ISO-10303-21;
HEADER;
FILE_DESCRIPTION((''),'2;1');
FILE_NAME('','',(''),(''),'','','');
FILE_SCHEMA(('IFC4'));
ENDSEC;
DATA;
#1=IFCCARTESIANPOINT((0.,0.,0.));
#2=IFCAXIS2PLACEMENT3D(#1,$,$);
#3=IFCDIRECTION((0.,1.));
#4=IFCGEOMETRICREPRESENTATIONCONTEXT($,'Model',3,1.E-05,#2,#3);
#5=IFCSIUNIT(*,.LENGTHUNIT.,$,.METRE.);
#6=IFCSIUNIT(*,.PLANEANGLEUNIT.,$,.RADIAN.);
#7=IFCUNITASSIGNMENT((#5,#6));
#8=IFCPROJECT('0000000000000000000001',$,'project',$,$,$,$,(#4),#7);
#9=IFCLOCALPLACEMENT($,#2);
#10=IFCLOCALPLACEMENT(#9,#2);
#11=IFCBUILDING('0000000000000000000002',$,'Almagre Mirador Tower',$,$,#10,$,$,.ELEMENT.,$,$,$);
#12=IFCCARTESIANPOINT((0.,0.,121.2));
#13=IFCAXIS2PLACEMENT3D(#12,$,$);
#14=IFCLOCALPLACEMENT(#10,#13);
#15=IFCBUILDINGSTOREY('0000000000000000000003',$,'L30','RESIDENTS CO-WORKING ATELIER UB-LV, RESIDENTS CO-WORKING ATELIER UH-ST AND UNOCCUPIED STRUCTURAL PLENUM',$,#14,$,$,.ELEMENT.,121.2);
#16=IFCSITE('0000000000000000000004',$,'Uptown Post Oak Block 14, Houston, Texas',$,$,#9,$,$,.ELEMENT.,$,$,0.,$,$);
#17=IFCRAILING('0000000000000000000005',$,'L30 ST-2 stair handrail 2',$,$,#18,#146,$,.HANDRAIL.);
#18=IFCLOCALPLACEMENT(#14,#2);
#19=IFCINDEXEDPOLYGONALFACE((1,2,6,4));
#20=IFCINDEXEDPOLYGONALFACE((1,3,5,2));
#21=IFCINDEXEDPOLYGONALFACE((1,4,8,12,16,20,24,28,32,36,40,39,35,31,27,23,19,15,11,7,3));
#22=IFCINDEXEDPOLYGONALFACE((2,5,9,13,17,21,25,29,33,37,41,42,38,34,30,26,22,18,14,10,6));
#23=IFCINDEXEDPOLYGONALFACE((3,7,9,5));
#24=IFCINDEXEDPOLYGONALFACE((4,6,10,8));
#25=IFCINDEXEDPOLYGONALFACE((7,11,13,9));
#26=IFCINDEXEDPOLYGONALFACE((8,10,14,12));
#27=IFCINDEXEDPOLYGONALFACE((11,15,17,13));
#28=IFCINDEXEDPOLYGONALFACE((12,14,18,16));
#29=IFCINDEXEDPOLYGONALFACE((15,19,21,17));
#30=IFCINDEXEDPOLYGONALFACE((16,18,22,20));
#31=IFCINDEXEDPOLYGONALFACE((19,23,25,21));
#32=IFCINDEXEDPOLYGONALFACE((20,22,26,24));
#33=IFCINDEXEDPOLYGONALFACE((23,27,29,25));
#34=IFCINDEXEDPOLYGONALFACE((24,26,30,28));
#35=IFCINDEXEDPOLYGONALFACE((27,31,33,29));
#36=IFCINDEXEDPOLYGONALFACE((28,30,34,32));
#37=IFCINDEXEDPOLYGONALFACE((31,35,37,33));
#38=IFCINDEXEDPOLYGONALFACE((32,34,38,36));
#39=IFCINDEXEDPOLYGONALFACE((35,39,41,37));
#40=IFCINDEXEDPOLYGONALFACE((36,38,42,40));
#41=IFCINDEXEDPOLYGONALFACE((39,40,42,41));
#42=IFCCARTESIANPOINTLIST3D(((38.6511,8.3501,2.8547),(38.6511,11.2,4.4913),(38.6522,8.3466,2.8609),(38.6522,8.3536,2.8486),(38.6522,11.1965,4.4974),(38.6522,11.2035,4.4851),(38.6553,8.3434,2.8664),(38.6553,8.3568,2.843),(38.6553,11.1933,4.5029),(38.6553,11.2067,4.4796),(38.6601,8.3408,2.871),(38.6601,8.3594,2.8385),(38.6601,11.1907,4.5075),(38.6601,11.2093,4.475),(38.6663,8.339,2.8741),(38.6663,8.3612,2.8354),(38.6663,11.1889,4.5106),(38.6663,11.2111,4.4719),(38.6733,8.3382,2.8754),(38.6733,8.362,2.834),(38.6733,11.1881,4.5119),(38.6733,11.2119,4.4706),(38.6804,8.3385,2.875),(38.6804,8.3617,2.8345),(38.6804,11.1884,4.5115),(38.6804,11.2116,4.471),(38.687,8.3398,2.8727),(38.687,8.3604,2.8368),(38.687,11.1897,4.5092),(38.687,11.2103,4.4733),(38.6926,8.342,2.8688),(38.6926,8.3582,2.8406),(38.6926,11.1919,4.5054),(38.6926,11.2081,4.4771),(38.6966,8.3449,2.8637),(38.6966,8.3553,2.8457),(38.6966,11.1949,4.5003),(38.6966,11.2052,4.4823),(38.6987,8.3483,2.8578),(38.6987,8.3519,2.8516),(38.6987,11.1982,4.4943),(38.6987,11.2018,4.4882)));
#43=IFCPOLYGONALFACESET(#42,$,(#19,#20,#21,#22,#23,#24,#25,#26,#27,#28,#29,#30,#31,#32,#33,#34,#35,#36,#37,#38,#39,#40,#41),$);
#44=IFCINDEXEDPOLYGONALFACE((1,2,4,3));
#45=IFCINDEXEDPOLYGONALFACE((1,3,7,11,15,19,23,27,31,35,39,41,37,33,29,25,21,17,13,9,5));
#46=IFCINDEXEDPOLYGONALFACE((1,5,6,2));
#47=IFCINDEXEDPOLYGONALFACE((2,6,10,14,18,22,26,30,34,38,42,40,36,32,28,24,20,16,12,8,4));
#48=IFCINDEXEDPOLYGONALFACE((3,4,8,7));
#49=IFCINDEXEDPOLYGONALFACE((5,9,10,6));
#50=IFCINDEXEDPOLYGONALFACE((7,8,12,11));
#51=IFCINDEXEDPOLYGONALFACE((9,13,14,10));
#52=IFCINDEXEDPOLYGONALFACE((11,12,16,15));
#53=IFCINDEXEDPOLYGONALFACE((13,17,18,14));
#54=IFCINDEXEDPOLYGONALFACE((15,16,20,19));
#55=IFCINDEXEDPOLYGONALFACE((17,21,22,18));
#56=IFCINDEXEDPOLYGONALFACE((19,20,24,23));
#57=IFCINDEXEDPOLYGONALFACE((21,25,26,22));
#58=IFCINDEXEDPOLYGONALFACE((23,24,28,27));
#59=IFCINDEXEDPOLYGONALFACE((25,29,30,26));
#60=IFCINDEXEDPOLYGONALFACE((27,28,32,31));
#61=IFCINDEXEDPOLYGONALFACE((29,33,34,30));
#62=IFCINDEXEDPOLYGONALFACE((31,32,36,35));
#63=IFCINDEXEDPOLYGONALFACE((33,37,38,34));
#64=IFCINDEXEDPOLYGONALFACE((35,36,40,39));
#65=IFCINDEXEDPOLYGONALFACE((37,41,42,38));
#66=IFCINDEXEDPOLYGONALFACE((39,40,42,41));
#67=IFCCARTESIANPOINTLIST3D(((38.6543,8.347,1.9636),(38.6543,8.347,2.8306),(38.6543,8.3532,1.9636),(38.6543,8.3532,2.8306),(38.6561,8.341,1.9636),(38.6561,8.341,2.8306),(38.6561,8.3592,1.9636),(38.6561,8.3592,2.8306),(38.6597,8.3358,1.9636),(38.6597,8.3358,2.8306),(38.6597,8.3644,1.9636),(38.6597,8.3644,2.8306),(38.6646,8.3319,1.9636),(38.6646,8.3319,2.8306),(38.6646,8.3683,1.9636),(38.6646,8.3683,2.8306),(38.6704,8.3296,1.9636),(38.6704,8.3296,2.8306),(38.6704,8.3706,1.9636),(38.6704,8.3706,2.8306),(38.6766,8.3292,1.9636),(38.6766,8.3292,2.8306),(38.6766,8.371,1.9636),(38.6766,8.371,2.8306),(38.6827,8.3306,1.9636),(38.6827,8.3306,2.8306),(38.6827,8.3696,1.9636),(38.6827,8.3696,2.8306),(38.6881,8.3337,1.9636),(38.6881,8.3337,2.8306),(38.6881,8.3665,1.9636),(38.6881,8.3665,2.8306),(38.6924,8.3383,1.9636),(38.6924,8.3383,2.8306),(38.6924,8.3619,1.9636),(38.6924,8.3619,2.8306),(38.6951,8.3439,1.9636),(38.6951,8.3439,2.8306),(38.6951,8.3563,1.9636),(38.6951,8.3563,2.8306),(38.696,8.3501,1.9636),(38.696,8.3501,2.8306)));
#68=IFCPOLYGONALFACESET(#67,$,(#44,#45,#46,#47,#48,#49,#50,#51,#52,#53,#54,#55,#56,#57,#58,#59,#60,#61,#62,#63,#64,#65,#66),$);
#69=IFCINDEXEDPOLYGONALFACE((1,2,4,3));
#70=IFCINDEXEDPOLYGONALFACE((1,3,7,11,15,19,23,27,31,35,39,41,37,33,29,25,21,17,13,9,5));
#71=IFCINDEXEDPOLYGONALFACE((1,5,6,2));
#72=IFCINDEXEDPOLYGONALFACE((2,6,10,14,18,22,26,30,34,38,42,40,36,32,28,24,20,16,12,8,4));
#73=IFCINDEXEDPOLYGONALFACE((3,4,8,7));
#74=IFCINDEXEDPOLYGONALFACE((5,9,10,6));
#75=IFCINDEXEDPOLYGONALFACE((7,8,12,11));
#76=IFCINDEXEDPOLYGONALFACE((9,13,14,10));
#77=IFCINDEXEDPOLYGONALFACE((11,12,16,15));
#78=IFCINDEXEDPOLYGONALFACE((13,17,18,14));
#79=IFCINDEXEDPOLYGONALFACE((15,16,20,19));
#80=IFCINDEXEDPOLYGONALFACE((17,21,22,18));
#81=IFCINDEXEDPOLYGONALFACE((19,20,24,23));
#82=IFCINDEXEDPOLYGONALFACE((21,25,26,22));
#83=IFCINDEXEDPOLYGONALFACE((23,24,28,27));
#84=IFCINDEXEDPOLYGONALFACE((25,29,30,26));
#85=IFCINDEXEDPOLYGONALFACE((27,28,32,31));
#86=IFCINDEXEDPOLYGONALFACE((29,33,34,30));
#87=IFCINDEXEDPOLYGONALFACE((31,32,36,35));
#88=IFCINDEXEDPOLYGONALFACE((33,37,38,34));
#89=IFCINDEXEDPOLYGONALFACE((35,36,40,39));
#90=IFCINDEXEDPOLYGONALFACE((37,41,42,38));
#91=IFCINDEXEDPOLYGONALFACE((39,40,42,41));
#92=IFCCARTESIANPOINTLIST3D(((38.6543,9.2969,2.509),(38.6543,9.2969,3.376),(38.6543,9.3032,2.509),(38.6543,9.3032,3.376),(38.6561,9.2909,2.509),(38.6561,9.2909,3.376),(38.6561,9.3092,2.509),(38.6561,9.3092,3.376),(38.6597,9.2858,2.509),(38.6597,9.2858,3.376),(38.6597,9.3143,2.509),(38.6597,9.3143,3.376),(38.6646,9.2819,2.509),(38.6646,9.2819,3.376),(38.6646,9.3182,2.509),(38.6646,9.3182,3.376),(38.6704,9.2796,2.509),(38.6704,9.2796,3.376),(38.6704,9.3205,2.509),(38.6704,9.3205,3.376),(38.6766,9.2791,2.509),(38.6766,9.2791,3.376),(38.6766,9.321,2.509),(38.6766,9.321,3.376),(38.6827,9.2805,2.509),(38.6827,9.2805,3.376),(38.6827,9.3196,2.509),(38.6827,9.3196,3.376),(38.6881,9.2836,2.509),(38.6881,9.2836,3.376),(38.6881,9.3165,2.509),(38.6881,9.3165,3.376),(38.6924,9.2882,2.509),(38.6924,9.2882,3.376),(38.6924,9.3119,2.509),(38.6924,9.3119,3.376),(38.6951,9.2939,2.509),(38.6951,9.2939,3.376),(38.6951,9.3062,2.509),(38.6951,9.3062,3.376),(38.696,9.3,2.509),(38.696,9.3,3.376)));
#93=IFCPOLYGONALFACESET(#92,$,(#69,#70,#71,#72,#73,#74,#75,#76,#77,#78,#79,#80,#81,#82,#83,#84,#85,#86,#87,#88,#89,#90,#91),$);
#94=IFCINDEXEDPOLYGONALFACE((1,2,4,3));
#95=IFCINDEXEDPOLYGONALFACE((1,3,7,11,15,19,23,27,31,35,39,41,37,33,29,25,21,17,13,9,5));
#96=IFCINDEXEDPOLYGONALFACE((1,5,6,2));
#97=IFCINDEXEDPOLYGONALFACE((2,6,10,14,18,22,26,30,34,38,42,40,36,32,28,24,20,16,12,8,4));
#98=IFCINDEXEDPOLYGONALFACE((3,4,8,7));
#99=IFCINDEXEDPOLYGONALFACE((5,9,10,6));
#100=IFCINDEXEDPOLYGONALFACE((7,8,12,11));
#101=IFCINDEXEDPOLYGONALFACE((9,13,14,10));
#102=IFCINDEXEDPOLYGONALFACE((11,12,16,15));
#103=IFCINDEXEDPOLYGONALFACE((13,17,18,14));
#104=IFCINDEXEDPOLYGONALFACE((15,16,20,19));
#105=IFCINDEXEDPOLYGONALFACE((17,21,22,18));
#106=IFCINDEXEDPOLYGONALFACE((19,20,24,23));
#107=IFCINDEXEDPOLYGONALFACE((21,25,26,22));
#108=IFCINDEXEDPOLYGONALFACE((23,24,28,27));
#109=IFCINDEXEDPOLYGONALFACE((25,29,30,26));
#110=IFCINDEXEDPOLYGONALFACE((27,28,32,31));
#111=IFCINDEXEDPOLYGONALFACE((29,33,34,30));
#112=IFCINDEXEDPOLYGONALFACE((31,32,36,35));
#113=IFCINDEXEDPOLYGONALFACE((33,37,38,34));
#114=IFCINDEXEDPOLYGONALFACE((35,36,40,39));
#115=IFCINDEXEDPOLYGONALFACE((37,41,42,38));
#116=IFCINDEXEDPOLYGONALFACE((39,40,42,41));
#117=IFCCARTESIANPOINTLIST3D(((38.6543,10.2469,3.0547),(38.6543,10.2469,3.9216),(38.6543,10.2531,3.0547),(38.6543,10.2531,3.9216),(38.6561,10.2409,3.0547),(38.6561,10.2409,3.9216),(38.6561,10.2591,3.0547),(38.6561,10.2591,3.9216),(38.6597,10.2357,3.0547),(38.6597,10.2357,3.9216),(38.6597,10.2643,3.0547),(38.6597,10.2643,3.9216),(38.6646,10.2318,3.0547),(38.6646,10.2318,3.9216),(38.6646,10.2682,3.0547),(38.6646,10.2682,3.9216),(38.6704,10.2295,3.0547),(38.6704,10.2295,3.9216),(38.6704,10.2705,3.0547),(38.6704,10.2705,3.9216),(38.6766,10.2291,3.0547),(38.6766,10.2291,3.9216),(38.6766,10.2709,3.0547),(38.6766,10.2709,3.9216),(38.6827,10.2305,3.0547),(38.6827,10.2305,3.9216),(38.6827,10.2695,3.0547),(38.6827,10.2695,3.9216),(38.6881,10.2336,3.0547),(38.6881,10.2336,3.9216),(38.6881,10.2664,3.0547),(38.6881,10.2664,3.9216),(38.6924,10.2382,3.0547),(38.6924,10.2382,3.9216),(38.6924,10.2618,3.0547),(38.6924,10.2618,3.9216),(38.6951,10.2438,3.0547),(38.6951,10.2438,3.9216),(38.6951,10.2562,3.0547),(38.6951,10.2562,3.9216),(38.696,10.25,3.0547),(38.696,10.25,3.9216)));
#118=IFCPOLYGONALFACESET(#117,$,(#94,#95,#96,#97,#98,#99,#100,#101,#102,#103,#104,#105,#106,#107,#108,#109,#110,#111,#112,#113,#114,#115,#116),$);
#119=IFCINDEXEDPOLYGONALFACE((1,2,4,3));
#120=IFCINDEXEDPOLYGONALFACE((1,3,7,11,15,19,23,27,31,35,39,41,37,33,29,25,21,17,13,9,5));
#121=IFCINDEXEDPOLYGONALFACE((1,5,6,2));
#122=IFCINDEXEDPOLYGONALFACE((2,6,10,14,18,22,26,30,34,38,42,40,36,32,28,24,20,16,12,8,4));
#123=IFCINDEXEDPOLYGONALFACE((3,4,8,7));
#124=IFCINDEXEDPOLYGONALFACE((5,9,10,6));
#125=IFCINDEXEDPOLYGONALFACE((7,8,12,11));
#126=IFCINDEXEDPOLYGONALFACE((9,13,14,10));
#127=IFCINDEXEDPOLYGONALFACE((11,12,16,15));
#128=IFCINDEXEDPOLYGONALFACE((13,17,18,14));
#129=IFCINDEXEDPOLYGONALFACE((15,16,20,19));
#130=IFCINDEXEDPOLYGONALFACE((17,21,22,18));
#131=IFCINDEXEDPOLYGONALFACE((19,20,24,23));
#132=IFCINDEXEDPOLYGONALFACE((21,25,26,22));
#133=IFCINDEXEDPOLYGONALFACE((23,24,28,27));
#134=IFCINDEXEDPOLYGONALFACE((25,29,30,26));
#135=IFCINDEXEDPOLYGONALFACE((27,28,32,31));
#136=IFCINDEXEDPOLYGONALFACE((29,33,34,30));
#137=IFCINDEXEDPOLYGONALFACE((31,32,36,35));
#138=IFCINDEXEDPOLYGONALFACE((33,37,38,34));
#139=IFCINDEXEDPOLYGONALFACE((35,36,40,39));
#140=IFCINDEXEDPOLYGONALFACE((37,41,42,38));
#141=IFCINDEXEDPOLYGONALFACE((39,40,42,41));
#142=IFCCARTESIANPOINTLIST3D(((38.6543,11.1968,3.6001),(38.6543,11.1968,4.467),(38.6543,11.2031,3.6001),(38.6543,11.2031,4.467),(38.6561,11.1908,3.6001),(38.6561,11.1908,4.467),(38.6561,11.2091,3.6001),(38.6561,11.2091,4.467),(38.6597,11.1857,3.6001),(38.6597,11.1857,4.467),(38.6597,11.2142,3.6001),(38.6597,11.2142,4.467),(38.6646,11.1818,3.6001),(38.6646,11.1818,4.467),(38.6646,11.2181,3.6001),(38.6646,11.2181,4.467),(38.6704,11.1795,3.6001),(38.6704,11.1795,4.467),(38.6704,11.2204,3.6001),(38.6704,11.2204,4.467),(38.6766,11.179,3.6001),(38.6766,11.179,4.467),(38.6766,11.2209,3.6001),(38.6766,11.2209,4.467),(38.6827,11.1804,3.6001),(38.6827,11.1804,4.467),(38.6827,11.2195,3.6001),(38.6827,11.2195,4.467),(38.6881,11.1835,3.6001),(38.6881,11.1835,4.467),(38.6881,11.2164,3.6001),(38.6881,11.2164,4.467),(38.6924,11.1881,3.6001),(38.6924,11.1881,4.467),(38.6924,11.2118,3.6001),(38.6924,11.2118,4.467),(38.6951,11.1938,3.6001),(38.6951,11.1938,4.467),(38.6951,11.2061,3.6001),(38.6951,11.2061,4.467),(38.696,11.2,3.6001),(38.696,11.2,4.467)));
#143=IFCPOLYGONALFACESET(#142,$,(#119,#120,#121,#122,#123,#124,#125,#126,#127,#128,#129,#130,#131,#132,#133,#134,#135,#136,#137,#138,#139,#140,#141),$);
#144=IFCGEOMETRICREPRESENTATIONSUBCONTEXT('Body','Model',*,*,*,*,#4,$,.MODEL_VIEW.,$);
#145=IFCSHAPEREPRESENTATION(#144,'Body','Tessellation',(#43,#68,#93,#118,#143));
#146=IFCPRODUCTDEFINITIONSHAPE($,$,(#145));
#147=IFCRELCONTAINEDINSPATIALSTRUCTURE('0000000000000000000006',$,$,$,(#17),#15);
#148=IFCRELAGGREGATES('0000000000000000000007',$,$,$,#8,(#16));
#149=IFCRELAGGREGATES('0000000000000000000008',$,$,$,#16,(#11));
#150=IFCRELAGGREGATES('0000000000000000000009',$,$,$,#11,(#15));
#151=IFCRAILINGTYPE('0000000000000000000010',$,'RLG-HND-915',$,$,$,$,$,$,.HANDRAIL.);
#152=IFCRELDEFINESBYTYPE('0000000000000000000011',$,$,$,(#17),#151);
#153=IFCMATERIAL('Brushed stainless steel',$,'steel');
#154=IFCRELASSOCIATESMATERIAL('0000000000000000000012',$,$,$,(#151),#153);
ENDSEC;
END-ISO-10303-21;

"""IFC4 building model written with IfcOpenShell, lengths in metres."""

from ifc_helpers import new_model, si_unit, direction, frame, origin, origin_2d, place, context, subcontext, project, spatial, circle, extrude, material, type_object, element, save


model = new_model("IFC4")

# Units and contexts
model_context = context("Model", 3, precision=1e-05, world=origin(), true_north=direction((0.0, 1.0)))
body_context = subcontext(model_context, "Body", "Model", "MODEL_VIEW")
ifc_project = project(units=[si_unit("LENGTHUNIT", "METRE"), si_unit("PLANEANGLEUNIT", "RADIAN")], contexts=[model_context])

# Site, building, storey
site_placement = place(None, origin())
site = spatial("IfcSite", under=ifc_project, at=site_placement, Name="Uptown Post Oak Block 14, Houston, Texas", CompositionType="ELEMENT", RefElevation=0.0)
building_placement = place(site_placement, origin())
building = spatial("IfcBuilding", under=site, at=building_placement, Name="Almagre Mirador Tower", CompositionType="ELEMENT")
storey_placement = place(building_placement, frame((0.0, 0.0, 121.2)))
storey = spatial("IfcBuildingStorey", under=building, at=storey_placement, Name="L30", Description="RESIDENTS CO-WORKING ATELIER UB-LV, RESIDENTS CO-WORKING ATELIER UH-ST AND UNOCCUPIED STRUCTURAL PLENUM", CompositionType="ELEMENT", Elevation=121.2)

# Railing
ifc_material_1 = material(Name="Brushed stainless steel", Category="steel")
railing_type_1 = type_object("IfcRailingType", Name="RLG-HND-915", PredefinedType="HANDRAIL", material=ifc_material_1)
railing_1_placement = place(storey_placement, frame((38.675, 8.3501, 1.9636)))
element("IfcRailing", 1, at=railing_1_placement, inside=storey, type_object=railing_type_1, Name="L30 ST-2 stair handrail 2", PredefinedType="HANDRAIL", context=body_context, shape_type="SweptSolid", body=[
    extrude(circle(Radius=0.0239, at=origin_2d()), frame((0.0, 0.0, 0.8911), z_axis=(0.0, 0.867194, 0.49797), x_axis=(-1.0, 0.0, 0.0)), (0.0, 0.0, 1.0), 3.2864),
    extrude(circle(Radius=0.021, at=origin_2d()), origin(), (0.0, 0.0, 1.0), 0.8669),
    extrude(circle(Radius=0.021, at=origin_2d()), frame((0.0, 0.95, 0.5454)), (0.0, 0.0, 1.0), 0.8669),
    extrude(circle(Radius=0.021, at=origin_2d()), frame((0.0, 1.8999, 1.0911)), (0.0, 0.0, 1.0), 0.8669),
    extrude(circle(Radius=0.021, at=origin_2d()), frame((0.0, 2.8499, 1.6365)), (0.0, 0.0, 1.0), 0.8669),
])

save(model, "model.ifc")
